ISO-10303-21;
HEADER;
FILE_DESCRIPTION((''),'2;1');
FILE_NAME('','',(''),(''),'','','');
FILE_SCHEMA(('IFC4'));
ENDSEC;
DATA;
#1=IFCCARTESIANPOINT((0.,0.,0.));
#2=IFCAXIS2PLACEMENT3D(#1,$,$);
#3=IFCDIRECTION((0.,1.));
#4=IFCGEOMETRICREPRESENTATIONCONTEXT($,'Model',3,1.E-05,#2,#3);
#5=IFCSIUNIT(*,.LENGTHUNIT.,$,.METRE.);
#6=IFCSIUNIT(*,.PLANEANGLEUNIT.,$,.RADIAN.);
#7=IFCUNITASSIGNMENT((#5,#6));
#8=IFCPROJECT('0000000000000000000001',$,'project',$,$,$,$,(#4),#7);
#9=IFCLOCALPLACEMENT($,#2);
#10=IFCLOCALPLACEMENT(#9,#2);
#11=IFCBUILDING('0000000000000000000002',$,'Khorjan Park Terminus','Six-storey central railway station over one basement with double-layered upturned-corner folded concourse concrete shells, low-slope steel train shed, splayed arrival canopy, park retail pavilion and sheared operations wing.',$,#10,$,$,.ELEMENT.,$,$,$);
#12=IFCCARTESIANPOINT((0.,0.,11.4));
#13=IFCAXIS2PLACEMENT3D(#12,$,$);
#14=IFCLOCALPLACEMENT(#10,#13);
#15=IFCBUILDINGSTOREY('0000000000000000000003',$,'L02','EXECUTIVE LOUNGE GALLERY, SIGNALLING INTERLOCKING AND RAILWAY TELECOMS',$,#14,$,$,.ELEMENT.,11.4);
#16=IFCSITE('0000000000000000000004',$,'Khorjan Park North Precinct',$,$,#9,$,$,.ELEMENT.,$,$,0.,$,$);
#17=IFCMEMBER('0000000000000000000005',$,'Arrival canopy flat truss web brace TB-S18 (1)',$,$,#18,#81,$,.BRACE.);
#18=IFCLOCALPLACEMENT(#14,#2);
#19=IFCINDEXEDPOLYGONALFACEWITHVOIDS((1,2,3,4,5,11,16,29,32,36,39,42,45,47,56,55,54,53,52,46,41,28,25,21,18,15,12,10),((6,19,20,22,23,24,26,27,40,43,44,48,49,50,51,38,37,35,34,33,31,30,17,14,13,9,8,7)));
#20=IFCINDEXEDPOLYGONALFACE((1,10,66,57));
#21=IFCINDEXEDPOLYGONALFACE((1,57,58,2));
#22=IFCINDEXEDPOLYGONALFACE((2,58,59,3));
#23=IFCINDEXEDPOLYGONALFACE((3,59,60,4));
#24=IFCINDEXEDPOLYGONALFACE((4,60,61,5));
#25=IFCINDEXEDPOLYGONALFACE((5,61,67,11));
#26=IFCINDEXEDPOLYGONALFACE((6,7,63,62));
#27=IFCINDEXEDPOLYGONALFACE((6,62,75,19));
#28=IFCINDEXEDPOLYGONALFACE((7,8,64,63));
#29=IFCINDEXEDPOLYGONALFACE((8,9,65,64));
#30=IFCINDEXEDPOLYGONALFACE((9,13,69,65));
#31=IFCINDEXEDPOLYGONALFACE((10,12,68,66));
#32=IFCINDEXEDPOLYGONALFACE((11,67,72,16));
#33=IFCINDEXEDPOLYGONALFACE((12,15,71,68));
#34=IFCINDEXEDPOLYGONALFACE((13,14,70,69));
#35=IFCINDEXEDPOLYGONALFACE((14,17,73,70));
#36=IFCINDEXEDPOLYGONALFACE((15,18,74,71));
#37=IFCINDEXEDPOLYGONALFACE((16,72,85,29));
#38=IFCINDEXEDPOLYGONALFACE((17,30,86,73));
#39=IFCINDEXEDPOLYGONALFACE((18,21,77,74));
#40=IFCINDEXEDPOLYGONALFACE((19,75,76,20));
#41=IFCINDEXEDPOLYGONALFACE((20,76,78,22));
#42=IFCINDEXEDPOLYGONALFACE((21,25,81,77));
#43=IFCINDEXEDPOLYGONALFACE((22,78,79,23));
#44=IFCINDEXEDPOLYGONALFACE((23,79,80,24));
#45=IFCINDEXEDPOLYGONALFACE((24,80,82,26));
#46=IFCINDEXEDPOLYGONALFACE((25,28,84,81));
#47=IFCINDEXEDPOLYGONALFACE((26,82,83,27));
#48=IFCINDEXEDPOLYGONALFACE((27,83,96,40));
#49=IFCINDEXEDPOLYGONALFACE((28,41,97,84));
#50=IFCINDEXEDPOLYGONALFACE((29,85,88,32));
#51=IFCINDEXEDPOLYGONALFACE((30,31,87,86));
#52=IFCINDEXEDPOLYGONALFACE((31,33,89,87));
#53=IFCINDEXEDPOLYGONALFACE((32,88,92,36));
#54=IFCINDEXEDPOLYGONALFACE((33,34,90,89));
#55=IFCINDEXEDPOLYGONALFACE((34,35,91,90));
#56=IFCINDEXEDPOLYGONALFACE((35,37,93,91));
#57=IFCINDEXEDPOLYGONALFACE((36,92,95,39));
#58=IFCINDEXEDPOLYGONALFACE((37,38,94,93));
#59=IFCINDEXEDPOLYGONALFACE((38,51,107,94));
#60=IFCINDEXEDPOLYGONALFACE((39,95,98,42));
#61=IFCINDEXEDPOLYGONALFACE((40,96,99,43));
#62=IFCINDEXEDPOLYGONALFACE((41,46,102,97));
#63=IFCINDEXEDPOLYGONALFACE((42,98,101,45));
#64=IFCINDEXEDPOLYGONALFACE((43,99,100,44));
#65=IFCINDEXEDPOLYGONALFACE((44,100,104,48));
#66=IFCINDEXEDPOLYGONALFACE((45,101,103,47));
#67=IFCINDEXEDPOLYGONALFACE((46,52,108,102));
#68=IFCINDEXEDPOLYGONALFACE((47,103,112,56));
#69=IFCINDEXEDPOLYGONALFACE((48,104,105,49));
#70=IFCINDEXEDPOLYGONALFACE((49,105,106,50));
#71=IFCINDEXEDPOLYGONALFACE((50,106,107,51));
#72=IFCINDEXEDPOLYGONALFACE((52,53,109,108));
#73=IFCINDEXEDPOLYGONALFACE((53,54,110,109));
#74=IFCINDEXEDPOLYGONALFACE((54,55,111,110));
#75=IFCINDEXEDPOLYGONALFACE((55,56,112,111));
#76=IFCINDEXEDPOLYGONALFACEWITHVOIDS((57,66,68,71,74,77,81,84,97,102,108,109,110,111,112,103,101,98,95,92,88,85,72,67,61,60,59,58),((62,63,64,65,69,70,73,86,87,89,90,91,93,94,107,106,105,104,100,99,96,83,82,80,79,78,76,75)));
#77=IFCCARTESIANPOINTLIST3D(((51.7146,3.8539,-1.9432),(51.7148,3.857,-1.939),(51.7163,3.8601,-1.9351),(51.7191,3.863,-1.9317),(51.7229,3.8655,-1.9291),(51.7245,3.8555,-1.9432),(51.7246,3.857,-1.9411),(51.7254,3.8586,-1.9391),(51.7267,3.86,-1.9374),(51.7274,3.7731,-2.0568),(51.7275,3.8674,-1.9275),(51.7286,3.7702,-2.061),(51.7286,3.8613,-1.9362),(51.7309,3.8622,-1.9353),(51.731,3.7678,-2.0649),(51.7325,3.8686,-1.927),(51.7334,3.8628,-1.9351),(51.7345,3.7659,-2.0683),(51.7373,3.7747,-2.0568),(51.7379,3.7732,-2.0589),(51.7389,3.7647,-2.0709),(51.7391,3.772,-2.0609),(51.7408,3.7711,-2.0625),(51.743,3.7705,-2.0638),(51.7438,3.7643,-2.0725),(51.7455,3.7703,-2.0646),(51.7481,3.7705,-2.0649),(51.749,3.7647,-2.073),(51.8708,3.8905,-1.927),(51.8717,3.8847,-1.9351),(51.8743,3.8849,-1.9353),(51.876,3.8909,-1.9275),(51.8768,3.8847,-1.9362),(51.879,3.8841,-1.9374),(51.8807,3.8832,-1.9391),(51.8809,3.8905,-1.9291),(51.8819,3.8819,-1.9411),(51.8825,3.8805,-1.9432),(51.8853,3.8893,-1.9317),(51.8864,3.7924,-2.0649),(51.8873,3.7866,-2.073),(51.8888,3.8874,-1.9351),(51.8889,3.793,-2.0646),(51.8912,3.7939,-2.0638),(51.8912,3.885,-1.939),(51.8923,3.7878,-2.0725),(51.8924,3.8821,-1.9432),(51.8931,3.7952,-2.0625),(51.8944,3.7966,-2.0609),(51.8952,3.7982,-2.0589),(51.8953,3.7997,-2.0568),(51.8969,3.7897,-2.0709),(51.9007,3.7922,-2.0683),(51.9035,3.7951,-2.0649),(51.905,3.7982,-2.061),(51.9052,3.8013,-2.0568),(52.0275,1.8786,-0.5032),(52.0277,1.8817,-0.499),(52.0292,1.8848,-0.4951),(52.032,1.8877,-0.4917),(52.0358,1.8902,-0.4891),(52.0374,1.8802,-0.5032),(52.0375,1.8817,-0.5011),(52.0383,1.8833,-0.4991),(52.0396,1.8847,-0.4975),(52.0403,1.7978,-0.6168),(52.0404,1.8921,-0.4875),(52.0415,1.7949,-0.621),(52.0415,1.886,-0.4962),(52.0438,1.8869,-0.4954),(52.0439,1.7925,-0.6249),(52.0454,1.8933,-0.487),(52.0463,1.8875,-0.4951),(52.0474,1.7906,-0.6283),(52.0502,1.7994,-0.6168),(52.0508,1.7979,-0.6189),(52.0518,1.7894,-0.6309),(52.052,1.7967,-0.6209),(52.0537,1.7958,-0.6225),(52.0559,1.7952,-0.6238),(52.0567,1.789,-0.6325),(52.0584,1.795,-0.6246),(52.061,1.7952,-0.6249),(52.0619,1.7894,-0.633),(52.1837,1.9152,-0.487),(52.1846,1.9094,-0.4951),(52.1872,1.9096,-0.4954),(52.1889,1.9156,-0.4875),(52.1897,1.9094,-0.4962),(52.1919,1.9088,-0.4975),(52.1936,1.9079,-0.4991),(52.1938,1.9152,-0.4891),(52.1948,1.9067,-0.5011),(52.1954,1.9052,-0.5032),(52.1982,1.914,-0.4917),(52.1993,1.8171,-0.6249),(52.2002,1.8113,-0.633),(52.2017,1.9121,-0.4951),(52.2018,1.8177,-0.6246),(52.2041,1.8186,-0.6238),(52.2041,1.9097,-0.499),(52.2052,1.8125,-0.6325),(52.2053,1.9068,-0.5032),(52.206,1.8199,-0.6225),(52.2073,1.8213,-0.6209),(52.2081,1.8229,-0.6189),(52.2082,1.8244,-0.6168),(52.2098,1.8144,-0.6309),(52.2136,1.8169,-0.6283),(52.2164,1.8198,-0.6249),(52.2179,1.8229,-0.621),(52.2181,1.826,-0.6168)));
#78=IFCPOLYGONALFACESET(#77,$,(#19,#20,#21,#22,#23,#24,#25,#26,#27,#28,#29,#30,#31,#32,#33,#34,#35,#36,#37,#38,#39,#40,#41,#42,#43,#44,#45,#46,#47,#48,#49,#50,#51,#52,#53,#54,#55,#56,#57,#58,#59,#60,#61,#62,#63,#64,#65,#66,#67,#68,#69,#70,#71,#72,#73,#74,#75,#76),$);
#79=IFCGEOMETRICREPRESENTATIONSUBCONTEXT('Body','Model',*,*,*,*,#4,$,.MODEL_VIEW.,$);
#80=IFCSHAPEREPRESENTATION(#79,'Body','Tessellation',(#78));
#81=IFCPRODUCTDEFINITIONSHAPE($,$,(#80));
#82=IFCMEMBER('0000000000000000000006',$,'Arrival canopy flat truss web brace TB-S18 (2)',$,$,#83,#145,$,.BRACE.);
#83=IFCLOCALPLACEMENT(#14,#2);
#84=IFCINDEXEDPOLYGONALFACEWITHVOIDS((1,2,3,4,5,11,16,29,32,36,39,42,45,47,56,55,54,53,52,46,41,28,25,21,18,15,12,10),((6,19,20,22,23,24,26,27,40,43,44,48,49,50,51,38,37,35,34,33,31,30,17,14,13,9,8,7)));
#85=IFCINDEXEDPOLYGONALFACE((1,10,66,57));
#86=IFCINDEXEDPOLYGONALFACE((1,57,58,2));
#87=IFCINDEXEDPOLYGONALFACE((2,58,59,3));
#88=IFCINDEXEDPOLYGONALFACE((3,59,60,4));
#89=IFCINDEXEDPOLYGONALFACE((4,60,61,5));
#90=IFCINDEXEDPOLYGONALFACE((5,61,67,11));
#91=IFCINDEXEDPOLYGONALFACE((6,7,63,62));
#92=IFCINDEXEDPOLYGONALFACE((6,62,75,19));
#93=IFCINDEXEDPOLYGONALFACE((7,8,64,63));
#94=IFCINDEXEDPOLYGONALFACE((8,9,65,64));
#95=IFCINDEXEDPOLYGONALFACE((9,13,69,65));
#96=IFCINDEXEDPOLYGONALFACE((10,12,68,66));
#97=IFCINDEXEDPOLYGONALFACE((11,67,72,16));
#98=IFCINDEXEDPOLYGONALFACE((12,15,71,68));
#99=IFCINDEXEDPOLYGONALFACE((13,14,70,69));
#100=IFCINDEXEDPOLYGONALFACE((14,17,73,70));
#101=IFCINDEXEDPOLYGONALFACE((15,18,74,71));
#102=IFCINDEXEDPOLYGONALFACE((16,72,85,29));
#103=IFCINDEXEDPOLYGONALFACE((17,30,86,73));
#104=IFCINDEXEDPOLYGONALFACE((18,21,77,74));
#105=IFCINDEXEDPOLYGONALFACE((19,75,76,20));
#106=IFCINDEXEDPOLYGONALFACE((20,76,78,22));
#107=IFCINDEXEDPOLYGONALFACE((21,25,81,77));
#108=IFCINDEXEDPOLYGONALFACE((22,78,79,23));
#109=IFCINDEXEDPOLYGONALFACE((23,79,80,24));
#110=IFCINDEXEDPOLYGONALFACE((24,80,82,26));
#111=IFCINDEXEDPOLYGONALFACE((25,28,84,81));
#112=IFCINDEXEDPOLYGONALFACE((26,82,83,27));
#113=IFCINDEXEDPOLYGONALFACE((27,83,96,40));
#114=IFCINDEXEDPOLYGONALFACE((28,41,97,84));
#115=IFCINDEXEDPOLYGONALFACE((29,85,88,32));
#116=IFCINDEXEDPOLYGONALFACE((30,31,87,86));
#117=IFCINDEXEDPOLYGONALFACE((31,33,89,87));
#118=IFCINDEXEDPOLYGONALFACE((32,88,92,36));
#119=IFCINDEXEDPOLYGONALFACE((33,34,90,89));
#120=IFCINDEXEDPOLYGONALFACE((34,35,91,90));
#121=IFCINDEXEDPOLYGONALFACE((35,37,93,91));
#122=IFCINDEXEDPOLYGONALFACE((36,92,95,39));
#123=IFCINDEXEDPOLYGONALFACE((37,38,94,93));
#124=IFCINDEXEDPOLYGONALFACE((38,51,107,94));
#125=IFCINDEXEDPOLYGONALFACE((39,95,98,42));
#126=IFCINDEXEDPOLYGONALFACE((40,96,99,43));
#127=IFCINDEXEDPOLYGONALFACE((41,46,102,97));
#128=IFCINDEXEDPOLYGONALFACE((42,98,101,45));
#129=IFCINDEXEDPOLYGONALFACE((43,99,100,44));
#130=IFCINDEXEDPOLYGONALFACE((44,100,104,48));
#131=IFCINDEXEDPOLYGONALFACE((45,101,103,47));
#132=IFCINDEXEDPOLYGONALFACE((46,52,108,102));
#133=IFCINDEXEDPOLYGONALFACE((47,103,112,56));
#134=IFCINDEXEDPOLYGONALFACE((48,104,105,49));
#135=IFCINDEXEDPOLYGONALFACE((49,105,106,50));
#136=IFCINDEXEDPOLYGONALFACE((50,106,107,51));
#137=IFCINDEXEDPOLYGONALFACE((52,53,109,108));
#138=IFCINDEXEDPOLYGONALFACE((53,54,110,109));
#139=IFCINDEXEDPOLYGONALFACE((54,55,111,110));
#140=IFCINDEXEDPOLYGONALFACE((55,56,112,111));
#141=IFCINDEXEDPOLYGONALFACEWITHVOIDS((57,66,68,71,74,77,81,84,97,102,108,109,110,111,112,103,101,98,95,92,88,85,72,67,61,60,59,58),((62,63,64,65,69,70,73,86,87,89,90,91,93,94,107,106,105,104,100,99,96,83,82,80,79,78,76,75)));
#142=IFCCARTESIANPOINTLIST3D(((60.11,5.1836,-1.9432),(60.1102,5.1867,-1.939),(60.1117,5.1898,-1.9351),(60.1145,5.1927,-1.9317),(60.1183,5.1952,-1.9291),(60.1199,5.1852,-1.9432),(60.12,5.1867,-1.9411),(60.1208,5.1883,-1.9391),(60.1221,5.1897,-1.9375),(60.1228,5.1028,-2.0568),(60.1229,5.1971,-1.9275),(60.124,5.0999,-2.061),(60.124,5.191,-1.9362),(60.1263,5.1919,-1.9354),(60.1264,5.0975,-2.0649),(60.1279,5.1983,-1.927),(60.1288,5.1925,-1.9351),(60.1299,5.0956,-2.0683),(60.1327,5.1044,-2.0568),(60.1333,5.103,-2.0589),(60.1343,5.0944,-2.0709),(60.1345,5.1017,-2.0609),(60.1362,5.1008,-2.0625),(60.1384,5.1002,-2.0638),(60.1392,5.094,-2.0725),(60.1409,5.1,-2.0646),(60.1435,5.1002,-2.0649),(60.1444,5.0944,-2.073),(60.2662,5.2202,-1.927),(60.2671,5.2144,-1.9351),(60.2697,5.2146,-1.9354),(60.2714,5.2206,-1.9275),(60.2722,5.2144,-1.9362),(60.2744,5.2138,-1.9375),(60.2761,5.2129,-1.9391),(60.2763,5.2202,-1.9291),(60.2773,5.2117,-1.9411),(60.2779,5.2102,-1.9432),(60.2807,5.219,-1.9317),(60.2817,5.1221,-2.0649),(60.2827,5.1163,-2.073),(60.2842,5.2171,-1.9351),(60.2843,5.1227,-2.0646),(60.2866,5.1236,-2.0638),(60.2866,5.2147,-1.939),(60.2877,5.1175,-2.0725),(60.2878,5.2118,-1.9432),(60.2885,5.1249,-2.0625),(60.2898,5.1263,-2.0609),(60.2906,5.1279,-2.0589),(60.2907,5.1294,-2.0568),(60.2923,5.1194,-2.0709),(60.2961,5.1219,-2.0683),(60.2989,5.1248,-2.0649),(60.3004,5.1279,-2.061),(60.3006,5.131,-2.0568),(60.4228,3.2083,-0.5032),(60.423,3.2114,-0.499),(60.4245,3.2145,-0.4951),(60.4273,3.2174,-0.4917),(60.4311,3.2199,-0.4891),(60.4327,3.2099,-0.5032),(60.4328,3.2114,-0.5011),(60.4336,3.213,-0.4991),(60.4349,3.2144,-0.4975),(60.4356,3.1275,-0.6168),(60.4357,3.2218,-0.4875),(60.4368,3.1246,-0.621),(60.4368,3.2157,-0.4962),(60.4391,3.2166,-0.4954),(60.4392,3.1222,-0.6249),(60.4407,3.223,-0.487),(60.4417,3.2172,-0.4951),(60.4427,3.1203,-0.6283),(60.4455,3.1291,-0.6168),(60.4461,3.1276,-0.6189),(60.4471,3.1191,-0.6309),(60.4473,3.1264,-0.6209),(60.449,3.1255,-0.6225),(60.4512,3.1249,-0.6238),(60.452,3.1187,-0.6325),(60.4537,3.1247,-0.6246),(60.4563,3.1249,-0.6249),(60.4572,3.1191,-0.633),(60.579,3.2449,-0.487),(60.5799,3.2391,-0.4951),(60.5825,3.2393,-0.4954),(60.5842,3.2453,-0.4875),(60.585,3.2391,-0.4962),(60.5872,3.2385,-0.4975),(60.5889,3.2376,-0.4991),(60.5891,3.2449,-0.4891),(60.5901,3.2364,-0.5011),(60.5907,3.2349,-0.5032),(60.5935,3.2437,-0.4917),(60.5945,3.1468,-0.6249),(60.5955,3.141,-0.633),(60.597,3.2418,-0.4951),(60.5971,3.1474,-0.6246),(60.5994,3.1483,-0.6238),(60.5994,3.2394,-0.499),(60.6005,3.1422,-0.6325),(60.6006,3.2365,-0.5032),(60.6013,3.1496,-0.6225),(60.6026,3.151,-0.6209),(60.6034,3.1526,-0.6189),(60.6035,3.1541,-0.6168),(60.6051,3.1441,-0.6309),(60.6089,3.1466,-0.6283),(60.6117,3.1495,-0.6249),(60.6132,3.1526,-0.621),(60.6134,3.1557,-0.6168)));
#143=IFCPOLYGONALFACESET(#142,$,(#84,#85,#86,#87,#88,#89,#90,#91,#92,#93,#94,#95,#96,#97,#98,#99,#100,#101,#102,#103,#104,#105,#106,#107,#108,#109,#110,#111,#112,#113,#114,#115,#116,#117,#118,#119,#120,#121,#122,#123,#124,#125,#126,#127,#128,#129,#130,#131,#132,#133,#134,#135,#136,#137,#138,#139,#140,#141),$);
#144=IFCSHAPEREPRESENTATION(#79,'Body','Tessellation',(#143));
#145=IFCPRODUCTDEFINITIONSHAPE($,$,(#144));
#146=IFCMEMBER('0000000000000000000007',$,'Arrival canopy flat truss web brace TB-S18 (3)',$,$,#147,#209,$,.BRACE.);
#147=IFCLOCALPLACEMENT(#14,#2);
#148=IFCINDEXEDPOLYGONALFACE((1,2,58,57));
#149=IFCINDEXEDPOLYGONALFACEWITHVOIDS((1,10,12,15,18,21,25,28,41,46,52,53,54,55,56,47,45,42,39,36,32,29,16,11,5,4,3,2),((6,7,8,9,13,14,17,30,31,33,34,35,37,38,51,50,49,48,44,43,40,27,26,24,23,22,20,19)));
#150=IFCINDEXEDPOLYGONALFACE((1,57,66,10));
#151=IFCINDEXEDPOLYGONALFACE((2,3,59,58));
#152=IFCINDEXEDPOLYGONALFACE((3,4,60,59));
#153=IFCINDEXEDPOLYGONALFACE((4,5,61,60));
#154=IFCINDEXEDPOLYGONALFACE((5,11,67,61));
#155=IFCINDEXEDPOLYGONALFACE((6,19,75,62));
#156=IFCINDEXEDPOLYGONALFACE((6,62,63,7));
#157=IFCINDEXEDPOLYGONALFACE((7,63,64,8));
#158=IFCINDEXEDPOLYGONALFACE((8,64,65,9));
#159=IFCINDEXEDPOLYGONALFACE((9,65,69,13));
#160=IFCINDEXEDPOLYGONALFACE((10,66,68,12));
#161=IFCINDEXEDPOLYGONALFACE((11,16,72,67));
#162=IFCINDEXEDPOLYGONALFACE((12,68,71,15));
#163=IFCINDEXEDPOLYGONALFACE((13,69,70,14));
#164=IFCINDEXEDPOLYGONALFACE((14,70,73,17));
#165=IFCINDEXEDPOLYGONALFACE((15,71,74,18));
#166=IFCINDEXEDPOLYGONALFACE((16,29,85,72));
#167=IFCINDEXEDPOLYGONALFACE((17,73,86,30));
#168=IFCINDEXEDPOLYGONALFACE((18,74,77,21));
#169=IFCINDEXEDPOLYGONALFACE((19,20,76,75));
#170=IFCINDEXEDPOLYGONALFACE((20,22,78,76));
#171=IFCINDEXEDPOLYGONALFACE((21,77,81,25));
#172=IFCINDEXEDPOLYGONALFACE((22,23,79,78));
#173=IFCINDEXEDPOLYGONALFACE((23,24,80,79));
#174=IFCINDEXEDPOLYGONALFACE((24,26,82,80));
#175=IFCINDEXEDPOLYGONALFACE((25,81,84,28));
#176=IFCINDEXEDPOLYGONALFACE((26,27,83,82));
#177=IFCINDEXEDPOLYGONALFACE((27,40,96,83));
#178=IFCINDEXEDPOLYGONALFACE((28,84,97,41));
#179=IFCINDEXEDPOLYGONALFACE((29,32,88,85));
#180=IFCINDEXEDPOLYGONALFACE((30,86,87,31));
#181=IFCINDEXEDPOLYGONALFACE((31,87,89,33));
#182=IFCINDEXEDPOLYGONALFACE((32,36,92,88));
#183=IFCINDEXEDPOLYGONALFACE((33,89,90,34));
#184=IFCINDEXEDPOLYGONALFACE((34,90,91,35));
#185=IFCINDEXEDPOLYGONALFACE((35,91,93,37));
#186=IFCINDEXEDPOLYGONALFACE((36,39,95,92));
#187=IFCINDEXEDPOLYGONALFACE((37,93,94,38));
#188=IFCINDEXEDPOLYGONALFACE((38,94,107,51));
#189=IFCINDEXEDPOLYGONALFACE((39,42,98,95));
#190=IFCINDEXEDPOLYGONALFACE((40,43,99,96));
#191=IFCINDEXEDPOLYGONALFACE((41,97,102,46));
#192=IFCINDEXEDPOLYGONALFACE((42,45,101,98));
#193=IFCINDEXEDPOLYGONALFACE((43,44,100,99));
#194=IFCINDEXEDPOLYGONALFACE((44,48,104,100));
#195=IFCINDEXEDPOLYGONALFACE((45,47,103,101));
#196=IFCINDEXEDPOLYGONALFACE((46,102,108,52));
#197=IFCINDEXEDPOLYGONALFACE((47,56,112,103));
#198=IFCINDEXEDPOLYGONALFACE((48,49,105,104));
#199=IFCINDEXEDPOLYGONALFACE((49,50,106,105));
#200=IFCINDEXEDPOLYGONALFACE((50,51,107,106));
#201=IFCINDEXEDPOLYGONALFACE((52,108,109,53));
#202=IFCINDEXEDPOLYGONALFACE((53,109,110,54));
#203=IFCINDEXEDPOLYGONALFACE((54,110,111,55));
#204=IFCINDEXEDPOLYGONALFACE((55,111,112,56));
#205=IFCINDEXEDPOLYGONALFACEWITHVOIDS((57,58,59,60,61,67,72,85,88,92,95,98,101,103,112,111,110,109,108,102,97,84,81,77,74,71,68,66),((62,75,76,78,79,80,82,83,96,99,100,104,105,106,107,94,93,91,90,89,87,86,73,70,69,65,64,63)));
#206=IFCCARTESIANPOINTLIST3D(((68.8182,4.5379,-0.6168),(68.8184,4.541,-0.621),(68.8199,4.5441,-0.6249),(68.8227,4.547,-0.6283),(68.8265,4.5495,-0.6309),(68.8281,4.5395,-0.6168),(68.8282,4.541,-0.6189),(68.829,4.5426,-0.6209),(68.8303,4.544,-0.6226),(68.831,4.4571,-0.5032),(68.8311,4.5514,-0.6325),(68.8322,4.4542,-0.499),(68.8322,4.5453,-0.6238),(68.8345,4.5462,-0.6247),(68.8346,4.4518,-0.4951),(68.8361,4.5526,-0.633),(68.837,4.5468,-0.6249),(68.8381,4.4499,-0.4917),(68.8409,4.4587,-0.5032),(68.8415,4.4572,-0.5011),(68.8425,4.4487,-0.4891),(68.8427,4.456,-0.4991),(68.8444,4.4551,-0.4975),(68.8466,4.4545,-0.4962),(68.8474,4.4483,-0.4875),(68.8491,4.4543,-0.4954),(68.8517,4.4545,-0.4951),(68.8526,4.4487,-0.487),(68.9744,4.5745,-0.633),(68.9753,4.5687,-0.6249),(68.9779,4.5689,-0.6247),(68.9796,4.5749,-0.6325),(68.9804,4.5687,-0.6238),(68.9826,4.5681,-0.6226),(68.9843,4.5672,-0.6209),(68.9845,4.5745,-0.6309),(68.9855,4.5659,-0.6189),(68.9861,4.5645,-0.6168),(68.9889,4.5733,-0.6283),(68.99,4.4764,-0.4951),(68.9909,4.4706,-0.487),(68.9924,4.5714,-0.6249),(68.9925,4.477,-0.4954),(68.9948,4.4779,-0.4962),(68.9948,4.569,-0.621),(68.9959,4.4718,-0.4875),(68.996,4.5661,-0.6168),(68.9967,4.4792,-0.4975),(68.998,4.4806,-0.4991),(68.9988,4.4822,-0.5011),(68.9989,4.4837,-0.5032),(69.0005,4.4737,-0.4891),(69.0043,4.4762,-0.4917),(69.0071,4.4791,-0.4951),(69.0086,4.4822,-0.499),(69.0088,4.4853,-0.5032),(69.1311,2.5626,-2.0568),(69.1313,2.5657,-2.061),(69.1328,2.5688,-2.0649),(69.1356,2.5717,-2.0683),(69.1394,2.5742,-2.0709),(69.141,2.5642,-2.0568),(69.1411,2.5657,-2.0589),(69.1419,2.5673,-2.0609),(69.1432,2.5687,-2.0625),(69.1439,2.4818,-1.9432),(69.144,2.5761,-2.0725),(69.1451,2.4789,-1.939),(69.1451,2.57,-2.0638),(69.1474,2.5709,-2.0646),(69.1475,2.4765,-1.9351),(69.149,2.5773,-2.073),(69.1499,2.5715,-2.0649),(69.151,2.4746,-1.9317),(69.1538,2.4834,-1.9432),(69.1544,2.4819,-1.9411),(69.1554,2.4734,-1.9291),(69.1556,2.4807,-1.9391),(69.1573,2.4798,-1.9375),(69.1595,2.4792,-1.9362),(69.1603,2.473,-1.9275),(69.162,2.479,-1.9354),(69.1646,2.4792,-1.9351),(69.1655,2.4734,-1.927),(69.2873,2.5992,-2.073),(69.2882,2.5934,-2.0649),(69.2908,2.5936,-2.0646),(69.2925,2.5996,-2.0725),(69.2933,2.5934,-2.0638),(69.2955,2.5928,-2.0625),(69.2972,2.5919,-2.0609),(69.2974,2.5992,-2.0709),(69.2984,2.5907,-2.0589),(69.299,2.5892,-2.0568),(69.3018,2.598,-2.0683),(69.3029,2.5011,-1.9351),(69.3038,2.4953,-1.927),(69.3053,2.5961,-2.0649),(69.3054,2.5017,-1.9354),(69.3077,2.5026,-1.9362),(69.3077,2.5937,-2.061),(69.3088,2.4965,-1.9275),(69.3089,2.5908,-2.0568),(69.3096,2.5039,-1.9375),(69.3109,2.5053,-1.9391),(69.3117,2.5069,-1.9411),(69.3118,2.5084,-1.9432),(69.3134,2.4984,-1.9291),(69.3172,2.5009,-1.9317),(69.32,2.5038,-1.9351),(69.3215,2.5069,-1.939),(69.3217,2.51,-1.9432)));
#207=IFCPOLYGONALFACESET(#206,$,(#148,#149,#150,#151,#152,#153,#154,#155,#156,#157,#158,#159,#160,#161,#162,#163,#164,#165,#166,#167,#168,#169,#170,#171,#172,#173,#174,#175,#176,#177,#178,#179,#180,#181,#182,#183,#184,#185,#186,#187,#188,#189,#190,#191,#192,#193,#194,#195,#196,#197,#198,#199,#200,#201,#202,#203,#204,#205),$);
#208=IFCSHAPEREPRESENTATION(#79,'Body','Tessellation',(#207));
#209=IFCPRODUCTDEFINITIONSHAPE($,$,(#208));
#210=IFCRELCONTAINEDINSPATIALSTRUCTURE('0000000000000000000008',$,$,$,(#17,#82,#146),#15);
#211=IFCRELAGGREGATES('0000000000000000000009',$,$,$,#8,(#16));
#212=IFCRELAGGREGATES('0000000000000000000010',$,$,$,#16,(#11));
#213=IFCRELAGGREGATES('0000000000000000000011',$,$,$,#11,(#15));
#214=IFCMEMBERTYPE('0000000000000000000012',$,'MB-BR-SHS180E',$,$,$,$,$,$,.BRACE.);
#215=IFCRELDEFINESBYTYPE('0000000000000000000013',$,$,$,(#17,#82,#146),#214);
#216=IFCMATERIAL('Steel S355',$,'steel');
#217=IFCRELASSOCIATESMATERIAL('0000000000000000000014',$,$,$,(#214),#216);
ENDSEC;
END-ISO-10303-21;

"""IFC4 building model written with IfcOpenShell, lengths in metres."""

from ifc_helpers import new_model, si_unit, direction, frame, origin, origin_2d, place, context, subcontext, project, spatial, hollow_rectangle, extrude, material, material_profile, profile_set, type_object, element, save


model = new_model("IFC4")

# Units and contexts
model_context = context("Model", 3, precision=1e-05, world=origin(), true_north=direction((0.0, 1.0)))
body_context = subcontext(model_context, "Body", "Model", "MODEL_VIEW")
ifc_project = project(units=[si_unit("LENGTHUNIT", "METRE"), si_unit("PLANEANGLEUNIT", "RADIAN")], contexts=[model_context])

# Site, building, storey
site_placement = place(None, origin())
site = spatial("IfcSite", under=ifc_project, at=site_placement, Name="Khorjan Park North Precinct", CompositionType="ELEMENT", RefElevation=0.0)
building_placement = place(site_placement, origin())
building = spatial("IfcBuilding", under=site, at=building_placement, Name="Khorjan Park Terminus", Description="Six-storey central railway station over one basement with double-layered upturned-corner folded concourse concrete shells, low-slope steel train shed, splayed arrival canopy, park retail pavilion and sheared operations wing.", CompositionType="ELEMENT")
storey_placement = place(building_placement, frame((0.0, 0.0, 11.4)))
storey = spatial("IfcBuildingStorey", under=building, at=storey_placement, Name="L02", Description="EXECUTIVE LOUNGE GALLERY, SIGNALLING INTERLOCKING AND RAILWAY TELECOMS", CompositionType="ELEMENT", Elevation=11.4)

# Members
ifc_material_1 = material(Name="Steel S355", Category="steel")
ifc_material_profile_1 = material_profile(ifc_material_1, hollow_rectangle(XDim=0.18, YDim=0.18, WallThickness=0.01, InnerFilletRadius=0.01, OuterFilletRadius=0.02, at=origin_2d()), Name="SHS 180x180x10")
ifc_profile_set_1 = profile_set([ifc_material_profile_1], Name="Steel S355")
member_type_1 = type_object("IfcMemberType", Name="MB-BR-SHS180E", PredefinedType="BRACE", material=ifc_profile_set_1)
for number, where, z_axis, x_axis, name in (
    (1, (52.1228, 1.8523, -0.56), (-0.126968, 0.801531, -0.584318), (-0.987685, -0.156456, 0.0), "Arrival canopy flat truss web brace TB-S18 (1)"),
    (2, (60.5181, 3.182, -0.56), (-0.126928, 0.801535, -0.584321), (-0.987693, -0.156407, 0.0), "Arrival canopy flat truss web brace TB-S18 (2)"),
    (3, (69.2264, 2.5363, -2.0), (-0.126968, 0.801531, 0.584318), (-0.987685, -0.156456, 0.0), "Arrival canopy flat truss web brace TB-S18 (3)"),
):
    element("IfcMember", number, at=place(storey_placement, frame(where, z_axis=z_axis, x_axis=x_axis)), inside=storey, type_object=member_type_1, Name=name, PredefinedType="BRACE", context=body_context, shape_type="SweptSolid", body=[
        extrude(hollow_rectangle(XDim=0.18, YDim=0.18, WallThickness=0.01, InnerFilletRadius=0.01, OuterFilletRadius=0.02, at=origin_2d()), origin(), (0.0, 0.0, 1.0), 2.4644),
    ])

save(model, "model.ifc")
